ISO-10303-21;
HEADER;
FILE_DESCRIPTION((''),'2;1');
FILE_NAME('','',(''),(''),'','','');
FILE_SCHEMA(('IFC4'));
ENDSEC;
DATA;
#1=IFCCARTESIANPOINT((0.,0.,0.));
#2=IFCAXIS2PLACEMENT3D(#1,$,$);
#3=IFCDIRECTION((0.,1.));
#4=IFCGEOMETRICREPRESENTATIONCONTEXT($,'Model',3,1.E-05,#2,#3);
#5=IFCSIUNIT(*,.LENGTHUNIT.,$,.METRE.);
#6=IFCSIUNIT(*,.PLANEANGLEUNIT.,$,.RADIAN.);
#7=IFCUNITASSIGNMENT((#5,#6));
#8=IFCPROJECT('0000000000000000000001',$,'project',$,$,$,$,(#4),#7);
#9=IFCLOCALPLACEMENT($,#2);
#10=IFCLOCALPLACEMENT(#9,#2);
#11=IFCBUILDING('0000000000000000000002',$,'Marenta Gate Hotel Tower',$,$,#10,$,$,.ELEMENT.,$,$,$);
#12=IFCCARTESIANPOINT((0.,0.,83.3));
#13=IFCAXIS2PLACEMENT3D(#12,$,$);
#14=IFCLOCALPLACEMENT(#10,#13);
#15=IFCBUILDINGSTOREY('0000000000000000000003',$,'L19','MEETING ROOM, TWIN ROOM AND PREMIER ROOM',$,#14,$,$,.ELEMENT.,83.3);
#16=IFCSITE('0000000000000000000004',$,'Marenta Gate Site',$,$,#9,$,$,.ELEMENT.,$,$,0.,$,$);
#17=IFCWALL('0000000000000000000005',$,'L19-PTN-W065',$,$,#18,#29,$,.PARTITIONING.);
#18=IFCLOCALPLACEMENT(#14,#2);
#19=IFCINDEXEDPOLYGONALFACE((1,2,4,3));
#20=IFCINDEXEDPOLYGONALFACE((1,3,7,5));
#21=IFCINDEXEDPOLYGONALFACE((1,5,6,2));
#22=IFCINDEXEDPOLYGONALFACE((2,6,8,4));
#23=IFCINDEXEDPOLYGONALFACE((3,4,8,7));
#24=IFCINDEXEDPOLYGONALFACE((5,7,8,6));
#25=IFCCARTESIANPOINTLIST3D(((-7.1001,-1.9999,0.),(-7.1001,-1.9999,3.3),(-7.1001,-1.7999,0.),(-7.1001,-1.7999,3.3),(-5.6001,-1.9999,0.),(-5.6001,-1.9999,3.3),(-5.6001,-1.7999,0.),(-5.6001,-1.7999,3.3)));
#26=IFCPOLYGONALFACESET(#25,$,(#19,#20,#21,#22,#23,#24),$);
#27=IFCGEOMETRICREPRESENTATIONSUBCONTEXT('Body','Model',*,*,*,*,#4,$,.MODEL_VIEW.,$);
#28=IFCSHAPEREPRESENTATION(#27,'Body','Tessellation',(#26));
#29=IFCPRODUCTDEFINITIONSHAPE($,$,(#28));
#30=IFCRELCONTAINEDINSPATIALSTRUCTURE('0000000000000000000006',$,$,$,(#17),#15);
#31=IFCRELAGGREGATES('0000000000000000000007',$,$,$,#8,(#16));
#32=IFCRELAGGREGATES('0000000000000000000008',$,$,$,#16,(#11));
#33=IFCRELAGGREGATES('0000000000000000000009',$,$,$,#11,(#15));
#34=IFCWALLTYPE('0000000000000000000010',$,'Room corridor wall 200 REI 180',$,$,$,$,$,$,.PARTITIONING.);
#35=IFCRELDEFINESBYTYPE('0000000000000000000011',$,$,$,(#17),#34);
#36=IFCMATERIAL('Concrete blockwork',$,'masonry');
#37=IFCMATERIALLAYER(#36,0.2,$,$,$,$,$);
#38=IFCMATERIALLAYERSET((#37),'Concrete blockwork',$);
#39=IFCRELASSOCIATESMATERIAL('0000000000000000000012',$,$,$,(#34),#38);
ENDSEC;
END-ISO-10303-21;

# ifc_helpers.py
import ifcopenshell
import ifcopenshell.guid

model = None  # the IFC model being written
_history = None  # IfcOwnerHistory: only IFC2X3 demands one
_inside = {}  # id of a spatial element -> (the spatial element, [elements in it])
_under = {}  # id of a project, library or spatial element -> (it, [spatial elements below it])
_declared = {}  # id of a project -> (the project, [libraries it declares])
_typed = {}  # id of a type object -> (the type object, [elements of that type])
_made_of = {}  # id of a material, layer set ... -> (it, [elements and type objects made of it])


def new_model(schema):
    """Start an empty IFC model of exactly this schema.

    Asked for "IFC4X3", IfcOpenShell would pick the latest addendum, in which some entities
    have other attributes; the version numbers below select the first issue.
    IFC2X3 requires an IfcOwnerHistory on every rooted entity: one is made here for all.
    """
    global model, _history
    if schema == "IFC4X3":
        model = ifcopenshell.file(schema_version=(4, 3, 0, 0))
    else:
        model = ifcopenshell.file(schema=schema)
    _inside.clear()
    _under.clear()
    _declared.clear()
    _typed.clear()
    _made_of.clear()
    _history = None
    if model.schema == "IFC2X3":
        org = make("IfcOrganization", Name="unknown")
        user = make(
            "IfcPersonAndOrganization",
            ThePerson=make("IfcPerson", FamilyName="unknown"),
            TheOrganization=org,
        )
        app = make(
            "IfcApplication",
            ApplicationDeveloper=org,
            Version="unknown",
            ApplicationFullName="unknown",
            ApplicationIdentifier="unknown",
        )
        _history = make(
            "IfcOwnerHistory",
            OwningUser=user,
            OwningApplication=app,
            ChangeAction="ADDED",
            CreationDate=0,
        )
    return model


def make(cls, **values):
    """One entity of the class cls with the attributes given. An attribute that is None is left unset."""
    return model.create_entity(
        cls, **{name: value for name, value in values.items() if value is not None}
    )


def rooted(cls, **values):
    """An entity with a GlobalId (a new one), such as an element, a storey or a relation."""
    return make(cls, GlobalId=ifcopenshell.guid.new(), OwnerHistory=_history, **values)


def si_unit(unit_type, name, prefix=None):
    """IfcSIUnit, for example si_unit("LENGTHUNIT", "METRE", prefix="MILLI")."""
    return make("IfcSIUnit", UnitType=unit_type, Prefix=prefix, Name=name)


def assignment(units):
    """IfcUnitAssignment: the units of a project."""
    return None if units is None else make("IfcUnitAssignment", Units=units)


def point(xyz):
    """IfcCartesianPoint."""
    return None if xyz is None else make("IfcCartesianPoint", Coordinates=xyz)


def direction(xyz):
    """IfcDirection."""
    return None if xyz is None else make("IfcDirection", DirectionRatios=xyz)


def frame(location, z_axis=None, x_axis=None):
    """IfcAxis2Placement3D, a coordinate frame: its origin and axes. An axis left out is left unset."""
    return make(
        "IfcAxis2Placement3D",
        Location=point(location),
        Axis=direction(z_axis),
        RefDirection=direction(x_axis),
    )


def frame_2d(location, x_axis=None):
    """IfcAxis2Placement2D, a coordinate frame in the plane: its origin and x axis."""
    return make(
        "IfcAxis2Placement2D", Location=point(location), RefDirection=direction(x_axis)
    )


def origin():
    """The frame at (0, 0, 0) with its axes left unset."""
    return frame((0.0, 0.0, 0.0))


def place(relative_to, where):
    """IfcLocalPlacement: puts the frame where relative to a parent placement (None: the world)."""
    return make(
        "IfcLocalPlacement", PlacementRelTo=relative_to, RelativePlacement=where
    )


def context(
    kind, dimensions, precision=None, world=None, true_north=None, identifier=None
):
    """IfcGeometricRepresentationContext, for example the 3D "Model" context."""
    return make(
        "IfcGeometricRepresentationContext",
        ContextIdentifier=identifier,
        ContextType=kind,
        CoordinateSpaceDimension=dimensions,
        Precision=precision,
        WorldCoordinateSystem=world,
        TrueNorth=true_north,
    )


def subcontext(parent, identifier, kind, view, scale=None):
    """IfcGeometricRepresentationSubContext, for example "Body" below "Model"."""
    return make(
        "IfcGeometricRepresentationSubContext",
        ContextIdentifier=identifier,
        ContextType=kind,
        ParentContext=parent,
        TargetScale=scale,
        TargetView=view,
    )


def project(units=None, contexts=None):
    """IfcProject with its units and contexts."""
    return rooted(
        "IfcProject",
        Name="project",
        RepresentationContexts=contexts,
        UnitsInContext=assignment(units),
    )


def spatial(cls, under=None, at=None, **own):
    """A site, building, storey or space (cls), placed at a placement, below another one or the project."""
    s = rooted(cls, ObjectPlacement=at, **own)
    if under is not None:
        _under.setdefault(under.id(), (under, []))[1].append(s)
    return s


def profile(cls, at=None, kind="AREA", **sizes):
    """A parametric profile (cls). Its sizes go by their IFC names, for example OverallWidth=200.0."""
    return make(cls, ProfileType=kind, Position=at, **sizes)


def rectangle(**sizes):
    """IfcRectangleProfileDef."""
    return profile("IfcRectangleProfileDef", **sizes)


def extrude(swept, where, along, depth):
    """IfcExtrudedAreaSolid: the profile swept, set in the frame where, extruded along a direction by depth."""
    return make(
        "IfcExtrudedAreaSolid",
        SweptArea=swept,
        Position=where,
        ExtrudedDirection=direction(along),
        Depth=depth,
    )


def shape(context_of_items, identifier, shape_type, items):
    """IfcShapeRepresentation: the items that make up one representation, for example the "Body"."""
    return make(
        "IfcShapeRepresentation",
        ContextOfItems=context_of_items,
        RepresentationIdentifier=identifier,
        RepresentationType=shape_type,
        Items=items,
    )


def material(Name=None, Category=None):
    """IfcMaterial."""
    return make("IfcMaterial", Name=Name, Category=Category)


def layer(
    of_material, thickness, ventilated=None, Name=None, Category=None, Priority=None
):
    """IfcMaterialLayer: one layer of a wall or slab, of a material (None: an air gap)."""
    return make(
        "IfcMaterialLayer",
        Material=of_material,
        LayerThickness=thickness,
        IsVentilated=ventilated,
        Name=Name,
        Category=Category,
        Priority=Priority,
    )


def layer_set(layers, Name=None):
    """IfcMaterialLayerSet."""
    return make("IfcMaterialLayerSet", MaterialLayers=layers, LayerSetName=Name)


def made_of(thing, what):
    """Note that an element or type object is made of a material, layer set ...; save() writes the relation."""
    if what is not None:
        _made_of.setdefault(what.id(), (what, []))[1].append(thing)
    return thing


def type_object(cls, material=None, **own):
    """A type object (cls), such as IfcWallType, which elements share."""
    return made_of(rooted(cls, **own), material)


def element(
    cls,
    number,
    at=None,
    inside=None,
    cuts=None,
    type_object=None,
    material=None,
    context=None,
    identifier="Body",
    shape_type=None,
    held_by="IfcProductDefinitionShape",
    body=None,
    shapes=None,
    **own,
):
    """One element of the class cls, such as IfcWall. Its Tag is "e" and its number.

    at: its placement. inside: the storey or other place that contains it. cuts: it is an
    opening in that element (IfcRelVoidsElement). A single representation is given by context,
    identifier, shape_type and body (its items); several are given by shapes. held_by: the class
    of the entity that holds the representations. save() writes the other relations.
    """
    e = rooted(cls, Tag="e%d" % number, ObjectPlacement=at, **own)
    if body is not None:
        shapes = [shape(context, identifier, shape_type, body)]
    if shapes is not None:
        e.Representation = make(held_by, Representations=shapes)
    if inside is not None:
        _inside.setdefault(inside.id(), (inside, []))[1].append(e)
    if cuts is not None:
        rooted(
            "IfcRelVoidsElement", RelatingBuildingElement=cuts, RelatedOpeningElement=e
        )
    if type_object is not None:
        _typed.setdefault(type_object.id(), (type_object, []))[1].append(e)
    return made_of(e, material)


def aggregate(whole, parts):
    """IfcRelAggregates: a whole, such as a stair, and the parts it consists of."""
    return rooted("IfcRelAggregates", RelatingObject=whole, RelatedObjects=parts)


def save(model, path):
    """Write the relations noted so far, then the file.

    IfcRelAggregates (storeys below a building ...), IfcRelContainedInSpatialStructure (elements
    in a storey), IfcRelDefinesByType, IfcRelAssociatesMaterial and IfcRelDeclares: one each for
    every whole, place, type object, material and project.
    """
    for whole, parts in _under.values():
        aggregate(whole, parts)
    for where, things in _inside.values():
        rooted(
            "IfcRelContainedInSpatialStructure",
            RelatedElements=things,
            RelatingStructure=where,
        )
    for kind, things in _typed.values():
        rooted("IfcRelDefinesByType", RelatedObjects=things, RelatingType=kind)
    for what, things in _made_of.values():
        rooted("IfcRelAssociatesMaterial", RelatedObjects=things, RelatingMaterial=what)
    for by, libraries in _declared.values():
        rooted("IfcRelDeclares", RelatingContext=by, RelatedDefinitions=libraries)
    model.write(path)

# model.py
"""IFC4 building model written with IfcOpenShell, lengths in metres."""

from ifc_helpers import new_model, si_unit, direction, frame, frame_2d, origin, place, context, subcontext, project, spatial, rectangle, extrude, material, layer, layer_set, type_object, element, save


model = new_model("IFC4")

# Units and contexts
model_context = context("Model", 3, precision=1e-05, world=origin(), true_north=direction((0.0, 1.0)))
body_context = subcontext(model_context, "Body", "Model", "MODEL_VIEW")
ifc_project = project(units=[si_unit("LENGTHUNIT", "METRE"), si_unit("PLANEANGLEUNIT", "RADIAN")], contexts=[model_context])

# Site, building, storey
site_placement = place(None, origin())
site = spatial("IfcSite", under=ifc_project, at=site_placement, Name="Marenta Gate Site", CompositionType="ELEMENT", RefElevation=0.0)
building_placement = place(site_placement, origin())
building = spatial("IfcBuilding", under=site, at=building_placement, Name="Marenta Gate Hotel Tower", CompositionType="ELEMENT")
storey_placement = place(building_placement, frame((0.0, 0.0, 83.3)))
storey = spatial("IfcBuildingStorey", under=building, at=storey_placement, Name="L19", Description="MEETING ROOM, TWIN ROOM AND PREMIER ROOM", CompositionType="ELEMENT", Elevation=83.3)

# Wall
ifc_material_1 = material(Name="Concrete blockwork", Category="masonry")
ifc_layer_1 = layer(ifc_material_1, 0.2)
ifc_layer_set_1 = layer_set([ifc_layer_1], Name="Concrete blockwork")
wall_type_1 = type_object("IfcWallType", Name="Room corridor wall 200 REI 180", PredefinedType="PARTITIONING", material=ifc_layer_set_1)
wall_1_placement = place(storey_placement, frame((-7.1001, -1.8999, 0.0), z_axis=(0.0, 0.0, 1.0), x_axis=(1.0, 0.0, 0.0)))
element("IfcWall", 1, at=wall_1_placement, inside=storey, type_object=wall_type_1, Name="L19-PTN-W065", PredefinedType="PARTITIONING", context=body_context, shape_type="SweptSolid", body=[
    extrude(rectangle(XDim=1.5, YDim=0.2, at=frame_2d((0.75, 0.0))), origin(), (0.0, 0.0, 1.0), 3.3),
])

save(model, "model.ifc")
